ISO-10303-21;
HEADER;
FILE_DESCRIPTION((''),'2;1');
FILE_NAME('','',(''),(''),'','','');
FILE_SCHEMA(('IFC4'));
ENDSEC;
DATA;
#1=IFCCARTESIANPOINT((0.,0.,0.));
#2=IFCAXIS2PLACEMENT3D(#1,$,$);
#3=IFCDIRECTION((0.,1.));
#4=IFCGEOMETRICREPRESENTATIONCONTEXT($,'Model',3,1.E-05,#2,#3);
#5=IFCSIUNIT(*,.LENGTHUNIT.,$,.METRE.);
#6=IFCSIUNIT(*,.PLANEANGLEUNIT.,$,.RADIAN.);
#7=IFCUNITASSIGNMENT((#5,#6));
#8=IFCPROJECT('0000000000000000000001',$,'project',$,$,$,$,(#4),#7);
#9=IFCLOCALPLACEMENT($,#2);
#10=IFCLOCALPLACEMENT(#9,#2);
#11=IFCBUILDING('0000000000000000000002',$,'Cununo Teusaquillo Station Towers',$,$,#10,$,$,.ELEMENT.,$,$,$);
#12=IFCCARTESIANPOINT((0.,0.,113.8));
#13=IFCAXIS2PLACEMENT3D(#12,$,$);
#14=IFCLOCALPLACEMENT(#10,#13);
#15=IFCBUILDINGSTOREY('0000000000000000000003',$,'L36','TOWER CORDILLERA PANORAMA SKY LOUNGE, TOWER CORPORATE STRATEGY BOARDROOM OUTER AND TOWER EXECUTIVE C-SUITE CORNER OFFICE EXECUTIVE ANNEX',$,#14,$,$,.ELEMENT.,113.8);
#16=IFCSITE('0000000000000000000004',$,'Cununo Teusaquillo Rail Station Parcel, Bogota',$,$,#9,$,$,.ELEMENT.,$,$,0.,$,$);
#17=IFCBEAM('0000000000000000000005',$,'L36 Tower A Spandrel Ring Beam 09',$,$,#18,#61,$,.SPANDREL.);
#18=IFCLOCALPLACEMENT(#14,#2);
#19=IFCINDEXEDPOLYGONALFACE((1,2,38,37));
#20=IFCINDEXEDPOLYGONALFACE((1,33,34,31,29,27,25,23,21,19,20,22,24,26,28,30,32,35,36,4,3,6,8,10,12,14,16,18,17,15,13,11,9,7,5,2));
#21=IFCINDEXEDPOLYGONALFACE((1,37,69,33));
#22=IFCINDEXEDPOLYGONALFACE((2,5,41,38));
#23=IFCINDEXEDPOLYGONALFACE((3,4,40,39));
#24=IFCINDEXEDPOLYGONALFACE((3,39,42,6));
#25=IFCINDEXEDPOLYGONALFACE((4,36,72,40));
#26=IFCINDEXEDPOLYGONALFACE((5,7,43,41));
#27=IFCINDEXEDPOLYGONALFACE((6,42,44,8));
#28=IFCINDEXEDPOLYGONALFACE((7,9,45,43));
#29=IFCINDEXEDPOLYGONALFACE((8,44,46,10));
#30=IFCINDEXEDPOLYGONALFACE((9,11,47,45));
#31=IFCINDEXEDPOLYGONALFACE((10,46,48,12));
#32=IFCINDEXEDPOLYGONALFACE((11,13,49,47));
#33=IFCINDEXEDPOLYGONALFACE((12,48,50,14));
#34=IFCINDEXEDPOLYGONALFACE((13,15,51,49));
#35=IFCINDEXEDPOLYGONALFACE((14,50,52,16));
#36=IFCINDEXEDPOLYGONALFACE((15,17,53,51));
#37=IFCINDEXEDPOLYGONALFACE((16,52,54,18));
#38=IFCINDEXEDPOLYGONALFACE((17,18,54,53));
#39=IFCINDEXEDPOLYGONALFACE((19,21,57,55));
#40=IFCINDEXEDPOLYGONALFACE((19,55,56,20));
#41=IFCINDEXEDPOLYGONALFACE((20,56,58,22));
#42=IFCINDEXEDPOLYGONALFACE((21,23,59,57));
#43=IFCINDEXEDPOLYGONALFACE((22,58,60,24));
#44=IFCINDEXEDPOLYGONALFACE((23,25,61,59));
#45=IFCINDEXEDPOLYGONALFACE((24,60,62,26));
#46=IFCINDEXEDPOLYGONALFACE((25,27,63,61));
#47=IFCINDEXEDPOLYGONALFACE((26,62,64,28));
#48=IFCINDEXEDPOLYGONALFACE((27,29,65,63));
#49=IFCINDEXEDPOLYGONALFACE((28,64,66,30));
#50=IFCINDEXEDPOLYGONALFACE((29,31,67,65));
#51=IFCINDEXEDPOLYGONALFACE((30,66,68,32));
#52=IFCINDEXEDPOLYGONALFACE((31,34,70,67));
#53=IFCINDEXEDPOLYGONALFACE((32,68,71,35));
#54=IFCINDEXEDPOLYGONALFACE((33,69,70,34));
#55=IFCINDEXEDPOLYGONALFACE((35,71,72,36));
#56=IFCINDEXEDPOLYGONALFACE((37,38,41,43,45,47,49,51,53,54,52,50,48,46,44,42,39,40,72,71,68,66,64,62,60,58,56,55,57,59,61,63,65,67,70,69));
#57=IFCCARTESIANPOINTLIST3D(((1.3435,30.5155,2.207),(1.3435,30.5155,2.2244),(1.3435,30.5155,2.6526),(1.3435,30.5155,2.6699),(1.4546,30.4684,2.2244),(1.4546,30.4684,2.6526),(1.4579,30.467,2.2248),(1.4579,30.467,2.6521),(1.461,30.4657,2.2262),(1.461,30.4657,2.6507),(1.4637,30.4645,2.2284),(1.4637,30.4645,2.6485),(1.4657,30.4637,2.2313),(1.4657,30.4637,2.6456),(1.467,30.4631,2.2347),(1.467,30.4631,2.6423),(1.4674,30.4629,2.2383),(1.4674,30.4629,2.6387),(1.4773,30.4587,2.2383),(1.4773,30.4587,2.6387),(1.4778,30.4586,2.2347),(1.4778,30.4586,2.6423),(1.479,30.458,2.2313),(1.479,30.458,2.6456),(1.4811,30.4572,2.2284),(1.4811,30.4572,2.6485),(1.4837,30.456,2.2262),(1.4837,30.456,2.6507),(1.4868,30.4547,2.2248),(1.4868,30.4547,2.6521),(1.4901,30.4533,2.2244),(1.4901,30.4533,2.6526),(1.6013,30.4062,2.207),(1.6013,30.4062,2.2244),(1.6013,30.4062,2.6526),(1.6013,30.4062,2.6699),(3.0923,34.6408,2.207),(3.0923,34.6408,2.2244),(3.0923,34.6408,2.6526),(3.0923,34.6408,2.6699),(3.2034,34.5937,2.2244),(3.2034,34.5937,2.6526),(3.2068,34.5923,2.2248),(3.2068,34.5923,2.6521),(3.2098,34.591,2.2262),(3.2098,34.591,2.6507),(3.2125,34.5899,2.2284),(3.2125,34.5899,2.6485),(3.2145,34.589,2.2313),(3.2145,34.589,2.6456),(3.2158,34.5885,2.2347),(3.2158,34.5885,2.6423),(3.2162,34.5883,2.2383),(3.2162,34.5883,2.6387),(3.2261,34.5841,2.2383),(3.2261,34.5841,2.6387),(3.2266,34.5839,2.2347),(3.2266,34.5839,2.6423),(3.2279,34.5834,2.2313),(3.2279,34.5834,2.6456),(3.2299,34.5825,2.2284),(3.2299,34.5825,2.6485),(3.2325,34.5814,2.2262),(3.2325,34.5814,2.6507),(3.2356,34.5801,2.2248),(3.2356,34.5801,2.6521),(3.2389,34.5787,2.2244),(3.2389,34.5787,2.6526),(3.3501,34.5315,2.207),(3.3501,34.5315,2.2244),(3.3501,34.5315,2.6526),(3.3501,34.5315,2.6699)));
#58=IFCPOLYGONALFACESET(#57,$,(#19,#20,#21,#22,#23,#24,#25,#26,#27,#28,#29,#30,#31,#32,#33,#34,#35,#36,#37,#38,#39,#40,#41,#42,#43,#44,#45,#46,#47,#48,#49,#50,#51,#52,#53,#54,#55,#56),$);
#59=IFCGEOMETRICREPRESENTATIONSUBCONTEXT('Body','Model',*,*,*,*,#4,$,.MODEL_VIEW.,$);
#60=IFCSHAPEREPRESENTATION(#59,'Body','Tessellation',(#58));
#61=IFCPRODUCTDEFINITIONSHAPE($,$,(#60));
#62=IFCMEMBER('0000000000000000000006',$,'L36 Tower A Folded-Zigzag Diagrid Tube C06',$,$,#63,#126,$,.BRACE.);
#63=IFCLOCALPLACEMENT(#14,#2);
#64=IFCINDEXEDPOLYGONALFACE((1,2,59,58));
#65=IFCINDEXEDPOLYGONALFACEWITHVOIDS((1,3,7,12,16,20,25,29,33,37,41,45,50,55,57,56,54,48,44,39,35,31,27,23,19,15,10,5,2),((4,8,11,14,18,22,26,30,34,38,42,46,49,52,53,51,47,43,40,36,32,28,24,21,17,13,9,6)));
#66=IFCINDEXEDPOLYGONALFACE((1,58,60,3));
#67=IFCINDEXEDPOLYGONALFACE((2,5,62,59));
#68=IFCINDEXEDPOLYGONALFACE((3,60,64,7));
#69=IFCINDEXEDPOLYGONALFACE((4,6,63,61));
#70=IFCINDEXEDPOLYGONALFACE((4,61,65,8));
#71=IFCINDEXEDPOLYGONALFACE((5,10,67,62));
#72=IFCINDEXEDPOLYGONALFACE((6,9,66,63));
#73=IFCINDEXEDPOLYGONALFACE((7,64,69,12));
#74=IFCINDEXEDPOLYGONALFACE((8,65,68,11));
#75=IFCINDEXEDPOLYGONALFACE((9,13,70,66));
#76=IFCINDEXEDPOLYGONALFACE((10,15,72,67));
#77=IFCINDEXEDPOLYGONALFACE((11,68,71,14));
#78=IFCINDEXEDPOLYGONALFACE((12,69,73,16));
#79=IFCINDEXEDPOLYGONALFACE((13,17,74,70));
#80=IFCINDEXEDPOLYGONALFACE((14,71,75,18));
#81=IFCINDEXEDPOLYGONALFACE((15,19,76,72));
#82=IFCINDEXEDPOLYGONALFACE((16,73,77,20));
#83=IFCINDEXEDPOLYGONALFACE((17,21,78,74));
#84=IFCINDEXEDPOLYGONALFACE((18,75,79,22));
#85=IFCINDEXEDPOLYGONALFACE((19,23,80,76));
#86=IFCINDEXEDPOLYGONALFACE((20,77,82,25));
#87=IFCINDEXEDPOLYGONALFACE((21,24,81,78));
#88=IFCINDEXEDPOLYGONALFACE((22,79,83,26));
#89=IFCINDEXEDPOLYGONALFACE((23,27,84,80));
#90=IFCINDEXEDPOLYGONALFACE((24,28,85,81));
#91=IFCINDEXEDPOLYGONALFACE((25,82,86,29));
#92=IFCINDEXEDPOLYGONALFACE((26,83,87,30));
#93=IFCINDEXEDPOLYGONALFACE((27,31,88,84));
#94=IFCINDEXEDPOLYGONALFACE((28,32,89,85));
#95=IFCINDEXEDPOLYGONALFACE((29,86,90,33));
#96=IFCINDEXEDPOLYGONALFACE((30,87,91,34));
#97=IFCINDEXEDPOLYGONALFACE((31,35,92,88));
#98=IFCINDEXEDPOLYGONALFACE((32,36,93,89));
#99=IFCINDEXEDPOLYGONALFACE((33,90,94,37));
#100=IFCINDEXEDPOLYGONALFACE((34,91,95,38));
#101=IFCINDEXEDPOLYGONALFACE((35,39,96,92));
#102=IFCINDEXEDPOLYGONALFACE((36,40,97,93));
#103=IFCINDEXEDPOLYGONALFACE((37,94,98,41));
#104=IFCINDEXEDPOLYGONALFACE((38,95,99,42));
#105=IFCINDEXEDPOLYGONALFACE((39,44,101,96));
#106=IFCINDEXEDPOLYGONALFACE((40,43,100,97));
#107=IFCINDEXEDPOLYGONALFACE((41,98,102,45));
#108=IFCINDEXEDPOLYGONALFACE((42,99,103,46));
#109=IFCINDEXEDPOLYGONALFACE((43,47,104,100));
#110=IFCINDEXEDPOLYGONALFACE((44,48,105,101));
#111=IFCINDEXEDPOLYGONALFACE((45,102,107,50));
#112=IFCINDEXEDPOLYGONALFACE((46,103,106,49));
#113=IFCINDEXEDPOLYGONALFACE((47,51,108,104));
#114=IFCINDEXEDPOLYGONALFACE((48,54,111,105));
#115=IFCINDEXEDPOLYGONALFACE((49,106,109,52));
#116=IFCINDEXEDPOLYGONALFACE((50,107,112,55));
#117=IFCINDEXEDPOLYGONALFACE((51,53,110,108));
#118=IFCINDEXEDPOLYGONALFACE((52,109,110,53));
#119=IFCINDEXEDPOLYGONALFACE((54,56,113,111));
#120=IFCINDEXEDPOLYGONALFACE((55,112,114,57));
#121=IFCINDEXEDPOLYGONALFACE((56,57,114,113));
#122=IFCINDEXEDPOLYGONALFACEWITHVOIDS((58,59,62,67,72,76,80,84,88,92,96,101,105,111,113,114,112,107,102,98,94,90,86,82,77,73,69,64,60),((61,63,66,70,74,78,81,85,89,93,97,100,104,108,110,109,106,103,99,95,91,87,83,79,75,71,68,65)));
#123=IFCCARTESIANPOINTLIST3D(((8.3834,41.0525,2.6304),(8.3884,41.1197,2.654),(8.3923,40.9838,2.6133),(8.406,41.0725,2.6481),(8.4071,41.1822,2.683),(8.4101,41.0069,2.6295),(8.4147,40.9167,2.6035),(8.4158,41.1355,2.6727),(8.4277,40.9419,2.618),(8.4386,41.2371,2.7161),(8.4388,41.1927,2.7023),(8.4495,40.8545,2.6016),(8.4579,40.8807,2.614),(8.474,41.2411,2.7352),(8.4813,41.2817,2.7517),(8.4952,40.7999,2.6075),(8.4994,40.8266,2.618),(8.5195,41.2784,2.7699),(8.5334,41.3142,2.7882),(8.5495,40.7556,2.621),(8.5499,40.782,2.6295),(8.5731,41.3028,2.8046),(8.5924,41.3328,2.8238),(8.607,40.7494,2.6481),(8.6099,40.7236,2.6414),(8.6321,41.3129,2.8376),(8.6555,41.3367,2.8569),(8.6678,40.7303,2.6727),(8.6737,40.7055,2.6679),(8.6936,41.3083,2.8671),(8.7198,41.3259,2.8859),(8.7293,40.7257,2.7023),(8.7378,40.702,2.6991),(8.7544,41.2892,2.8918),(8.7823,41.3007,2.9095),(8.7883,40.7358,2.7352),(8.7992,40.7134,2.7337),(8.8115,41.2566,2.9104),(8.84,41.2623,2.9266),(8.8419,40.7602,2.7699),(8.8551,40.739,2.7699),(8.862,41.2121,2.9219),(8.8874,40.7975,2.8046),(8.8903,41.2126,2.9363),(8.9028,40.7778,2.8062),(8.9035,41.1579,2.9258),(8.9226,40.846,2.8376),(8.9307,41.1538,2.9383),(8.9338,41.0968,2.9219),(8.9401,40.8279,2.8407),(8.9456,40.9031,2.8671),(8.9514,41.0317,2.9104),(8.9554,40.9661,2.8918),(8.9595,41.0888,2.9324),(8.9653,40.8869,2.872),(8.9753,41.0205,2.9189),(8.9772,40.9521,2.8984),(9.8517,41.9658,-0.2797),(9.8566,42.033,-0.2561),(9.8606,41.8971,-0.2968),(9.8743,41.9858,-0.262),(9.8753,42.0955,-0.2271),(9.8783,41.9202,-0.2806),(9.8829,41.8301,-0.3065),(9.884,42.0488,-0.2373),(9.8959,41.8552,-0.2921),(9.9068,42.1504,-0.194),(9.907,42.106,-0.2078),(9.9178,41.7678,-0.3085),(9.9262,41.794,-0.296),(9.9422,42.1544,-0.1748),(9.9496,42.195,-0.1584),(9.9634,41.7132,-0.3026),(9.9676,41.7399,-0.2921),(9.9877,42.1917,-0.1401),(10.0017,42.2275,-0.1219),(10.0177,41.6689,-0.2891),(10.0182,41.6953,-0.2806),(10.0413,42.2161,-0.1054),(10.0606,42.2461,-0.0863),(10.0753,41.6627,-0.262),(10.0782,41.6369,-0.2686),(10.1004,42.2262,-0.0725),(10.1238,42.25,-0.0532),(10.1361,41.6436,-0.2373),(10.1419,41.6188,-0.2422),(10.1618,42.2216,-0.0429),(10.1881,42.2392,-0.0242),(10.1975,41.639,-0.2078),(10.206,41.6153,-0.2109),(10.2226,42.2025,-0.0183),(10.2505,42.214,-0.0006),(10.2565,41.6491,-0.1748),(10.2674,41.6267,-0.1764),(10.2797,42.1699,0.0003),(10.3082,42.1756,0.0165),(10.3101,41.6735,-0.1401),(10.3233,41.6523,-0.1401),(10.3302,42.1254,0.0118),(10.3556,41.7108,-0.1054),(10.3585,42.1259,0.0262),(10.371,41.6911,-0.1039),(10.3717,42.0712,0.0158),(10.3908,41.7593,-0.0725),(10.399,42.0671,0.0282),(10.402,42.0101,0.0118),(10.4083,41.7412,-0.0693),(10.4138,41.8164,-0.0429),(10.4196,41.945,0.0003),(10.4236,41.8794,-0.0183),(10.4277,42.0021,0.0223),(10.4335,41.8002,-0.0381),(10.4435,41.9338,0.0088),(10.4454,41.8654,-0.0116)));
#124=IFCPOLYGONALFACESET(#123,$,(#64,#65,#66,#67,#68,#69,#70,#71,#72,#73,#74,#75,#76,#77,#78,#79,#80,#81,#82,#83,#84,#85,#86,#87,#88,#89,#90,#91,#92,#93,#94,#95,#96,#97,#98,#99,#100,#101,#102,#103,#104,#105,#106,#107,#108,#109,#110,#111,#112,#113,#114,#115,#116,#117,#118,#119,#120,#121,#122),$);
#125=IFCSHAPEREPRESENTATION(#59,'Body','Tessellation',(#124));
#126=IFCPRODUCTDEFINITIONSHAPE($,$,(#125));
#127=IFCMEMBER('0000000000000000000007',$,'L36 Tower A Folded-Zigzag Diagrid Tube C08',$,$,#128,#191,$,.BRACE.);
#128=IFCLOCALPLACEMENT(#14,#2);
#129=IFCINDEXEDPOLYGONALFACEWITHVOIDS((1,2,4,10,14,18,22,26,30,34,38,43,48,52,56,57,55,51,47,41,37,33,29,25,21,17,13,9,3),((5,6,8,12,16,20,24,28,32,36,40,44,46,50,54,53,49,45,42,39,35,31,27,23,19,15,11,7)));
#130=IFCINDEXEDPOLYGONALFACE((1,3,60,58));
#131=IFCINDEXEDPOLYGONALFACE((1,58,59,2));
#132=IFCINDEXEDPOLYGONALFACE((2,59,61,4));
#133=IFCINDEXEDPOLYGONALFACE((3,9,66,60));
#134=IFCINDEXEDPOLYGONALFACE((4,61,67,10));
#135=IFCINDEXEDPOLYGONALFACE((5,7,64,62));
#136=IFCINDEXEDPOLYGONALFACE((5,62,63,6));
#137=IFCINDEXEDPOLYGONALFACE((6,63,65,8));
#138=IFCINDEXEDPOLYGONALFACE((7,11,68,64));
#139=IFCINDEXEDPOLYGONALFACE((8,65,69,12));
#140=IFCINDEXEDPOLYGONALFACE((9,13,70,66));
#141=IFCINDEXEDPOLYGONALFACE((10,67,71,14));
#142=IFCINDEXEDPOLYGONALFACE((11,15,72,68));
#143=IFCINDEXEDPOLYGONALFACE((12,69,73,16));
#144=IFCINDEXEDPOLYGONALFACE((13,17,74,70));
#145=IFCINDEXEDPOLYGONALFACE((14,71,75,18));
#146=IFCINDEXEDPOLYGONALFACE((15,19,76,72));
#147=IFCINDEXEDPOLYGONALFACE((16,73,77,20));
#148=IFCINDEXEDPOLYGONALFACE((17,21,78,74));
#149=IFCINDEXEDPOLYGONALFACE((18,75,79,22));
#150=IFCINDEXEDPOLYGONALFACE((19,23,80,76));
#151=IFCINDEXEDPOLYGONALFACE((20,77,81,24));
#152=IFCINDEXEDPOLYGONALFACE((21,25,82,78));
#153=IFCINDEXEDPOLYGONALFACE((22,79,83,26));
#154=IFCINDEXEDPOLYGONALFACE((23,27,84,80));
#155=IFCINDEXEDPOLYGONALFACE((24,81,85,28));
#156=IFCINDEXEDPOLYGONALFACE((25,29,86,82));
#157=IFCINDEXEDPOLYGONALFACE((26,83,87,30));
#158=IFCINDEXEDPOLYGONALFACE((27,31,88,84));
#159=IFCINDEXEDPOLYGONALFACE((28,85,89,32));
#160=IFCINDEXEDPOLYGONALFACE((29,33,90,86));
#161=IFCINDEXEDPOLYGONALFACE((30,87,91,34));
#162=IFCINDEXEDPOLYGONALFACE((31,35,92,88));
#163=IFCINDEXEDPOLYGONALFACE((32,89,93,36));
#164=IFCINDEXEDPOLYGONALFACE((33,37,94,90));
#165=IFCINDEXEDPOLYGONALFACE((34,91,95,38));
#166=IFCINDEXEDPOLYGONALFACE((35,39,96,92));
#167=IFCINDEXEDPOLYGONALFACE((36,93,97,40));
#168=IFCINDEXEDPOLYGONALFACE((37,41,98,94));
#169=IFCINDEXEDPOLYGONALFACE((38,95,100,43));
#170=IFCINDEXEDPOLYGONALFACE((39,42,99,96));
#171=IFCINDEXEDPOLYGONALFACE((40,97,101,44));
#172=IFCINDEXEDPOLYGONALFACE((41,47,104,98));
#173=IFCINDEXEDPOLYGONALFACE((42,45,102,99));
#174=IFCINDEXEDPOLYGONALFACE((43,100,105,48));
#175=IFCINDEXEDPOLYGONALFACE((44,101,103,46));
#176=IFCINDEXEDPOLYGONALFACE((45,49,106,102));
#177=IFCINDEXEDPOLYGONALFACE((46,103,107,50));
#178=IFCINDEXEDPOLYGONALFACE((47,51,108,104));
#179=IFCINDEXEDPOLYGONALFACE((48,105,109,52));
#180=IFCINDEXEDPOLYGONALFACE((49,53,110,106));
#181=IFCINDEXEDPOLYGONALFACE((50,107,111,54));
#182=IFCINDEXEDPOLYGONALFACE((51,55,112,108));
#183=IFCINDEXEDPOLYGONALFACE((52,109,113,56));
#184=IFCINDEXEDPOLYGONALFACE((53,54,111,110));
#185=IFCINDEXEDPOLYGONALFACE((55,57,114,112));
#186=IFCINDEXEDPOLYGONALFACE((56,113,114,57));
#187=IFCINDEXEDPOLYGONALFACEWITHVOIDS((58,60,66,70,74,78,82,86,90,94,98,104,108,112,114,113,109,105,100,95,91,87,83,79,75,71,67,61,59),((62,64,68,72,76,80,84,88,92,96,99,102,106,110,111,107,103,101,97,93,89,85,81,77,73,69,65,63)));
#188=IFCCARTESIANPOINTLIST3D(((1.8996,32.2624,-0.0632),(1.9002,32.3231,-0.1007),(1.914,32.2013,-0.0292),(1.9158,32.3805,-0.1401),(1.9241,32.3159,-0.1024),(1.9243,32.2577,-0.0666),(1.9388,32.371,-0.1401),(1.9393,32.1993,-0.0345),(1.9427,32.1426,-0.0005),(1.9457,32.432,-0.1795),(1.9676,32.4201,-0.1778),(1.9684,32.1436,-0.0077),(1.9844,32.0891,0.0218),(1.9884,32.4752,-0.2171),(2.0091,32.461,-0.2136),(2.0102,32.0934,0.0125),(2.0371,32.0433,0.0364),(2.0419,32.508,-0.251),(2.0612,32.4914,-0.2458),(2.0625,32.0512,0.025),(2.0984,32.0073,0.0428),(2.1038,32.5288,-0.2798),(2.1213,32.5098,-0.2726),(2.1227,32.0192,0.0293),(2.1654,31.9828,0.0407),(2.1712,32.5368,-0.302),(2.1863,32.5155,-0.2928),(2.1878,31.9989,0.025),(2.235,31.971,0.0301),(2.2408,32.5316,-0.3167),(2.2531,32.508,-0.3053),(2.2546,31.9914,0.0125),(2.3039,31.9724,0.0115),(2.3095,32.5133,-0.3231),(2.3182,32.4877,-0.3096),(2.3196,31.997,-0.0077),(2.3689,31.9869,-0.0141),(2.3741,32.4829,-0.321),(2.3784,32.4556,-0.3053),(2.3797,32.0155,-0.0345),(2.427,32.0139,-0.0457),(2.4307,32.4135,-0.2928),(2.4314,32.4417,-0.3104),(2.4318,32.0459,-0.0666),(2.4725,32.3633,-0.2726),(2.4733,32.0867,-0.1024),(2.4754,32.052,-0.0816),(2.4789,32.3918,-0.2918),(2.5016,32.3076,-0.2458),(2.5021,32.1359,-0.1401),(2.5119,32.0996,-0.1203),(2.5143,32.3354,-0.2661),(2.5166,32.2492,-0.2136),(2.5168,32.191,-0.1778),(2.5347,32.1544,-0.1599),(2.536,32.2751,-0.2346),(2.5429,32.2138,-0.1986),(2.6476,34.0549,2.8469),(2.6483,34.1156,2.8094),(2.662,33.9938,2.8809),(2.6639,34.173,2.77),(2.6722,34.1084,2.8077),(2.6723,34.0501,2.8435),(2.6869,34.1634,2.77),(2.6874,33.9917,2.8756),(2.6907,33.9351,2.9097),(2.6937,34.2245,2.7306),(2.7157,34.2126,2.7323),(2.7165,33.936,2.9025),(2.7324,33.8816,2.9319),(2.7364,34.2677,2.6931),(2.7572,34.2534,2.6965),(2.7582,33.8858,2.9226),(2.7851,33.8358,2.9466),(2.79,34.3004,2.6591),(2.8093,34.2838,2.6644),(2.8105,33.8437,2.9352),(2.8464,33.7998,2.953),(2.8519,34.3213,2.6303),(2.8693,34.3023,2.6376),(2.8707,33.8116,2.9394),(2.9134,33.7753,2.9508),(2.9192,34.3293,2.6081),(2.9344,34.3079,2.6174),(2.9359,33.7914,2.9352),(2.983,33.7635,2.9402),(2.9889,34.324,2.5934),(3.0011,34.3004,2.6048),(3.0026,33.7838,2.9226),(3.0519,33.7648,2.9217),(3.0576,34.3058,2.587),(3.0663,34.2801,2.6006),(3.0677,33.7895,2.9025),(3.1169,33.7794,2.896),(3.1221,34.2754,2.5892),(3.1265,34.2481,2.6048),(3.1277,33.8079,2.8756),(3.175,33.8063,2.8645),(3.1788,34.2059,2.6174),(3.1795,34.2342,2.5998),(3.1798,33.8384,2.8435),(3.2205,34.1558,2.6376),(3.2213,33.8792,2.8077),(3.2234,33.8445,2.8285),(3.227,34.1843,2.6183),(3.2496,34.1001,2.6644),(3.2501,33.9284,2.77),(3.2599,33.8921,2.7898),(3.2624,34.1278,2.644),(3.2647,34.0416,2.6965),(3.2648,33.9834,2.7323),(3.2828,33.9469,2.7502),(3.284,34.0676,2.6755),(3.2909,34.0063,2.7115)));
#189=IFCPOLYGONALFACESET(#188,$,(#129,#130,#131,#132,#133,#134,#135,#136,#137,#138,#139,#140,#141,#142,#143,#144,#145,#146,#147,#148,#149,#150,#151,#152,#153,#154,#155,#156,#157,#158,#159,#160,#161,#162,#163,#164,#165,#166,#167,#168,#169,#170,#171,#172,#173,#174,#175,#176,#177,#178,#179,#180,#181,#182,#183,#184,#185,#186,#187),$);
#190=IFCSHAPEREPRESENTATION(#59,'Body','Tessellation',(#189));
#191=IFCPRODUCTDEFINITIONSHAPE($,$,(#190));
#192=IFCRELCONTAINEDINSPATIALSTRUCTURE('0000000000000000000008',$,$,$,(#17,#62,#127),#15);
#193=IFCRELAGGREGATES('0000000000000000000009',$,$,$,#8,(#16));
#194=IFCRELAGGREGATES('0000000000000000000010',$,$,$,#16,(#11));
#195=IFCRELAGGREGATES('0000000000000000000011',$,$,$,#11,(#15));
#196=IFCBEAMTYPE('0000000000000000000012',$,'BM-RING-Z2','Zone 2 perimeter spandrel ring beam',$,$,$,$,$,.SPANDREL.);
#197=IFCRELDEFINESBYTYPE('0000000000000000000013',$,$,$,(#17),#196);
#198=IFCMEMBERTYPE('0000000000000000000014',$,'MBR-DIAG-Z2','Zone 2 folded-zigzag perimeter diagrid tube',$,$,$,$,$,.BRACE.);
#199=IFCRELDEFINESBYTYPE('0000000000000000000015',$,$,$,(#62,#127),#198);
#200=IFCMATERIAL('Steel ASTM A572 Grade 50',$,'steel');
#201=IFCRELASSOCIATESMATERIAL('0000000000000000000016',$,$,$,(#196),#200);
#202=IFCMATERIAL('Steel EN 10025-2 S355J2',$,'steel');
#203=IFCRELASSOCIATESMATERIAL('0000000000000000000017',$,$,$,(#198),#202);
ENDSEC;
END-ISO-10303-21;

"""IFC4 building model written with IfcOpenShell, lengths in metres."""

from ifc_helpers import new_model, si_unit, direction, frame, origin, origin_2d, place, context, subcontext, project, spatial, hollow_circle, i_section, extrude, material, material_profile, profile_set, type_object, element, save


model = new_model("IFC4")

# Units and contexts
model_context = context("Model", 3, precision=1e-05, world=origin(), true_north=direction((0.0, 1.0)))
body_context = subcontext(model_context, "Body", "Model", "MODEL_VIEW")
ifc_project = project(units=[si_unit("LENGTHUNIT", "METRE"), si_unit("PLANEANGLEUNIT", "RADIAN")], contexts=[model_context])

# Site, building, storey
site_placement = place(None, origin())
site = spatial("IfcSite", under=ifc_project, at=site_placement, Name="Cununo Teusaquillo Rail Station Parcel, Bogota", CompositionType="ELEMENT", RefElevation=0.0)
building_placement = place(site_placement, origin())
building = spatial("IfcBuilding", under=site, at=building_placement, Name="Cununo Teusaquillo Station Towers", CompositionType="ELEMENT")
storey_placement = place(building_placement, frame((0.0, 0.0, 113.8)))
storey = spatial("IfcBuildingStorey", under=building, at=storey_placement, Name="L36", Description="TOWER CORDILLERA PANORAMA SKY LOUNGE, TOWER CORPORATE STRATEGY BOARDROOM OUTER AND TOWER EXECUTIVE C-SUITE CORNER OFFICE EXECUTIVE ANNEX", CompositionType="ELEMENT", Elevation=113.8)

# Beam
ifc_material_1 = material(Name="Steel ASTM A572 Grade 50", Category="steel")
ifc_material_profile_1 = material_profile(ifc_material_1, i_section(OverallWidth=0.28, OverallDepth=0.4629, WebThickness=0.0107, FlangeThickness=0.0173, FilletRadius=0.0139, at=origin_2d()), Name="W18X76")
ifc_profile_set_1 = profile_set([ifc_material_profile_1], Name="Steel ASTM A572 Grade 50")
beam_type_1 = type_object("IfcBeamType", Name="BM-RING-Z2", Description="Zone 2 perimeter spandrel ring beam", PredefinedType="SPANDREL", material=ifc_profile_set_1)
beam_1_placement = place(storey_placement, frame((3.2212, 34.5862, 2.4385), z_axis=(-0.390299, -0.920688, 0.0), x_axis=(0.920688, -0.390299, 0.0)))
element("IfcBeam", 1, at=beam_1_placement, inside=storey, type_object=beam_type_1, Name="L36 Tower A Spandrel Ring Beam 09", PredefinedType="SPANDREL", context=body_context, shape_type="SweptSolid", body=[
    extrude(i_section(OverallWidth=0.28, OverallDepth=0.4629, WebThickness=0.0107, FlangeThickness=0.0173, FilletRadius=0.0139, at=origin_2d()), origin(), (0.0, 0.0, 1.0), 4.4807),
])

# Members
ifc_material_2 = material(Name="Steel EN 10025-2 S355J2", Category="steel")
ifc_material_profile_2 = material_profile(ifc_material_2, hollow_circle(Radius=0.3301, WallThickness=0.0249, at=origin_2d()), Name="CHS 660x25")
ifc_profile_set_2 = profile_set([ifc_material_profile_2], Name="Steel EN 10025-2 S355J2")
member_type = type_object("IfcMemberType", Name="MBR-DIAG-Z2", Description="Zone 2 folded-zigzag perimeter diagrid tube", PredefinedType="BRACE", material=ifc_profile_set_2)
member_1_placement = place(storey_placement, frame((10.1489, 41.9326, -0.1401), z_axis=(-0.433741, -0.269808, 0.859693), x_axis=(0.528196, -0.849123, 0.0)))
element("IfcMember", 2, at=member_1_placement, inside=storey, type_object=member_type, Name="L36 Tower A Folded-Zigzag Diagrid Tube C06", PredefinedType="BRACE", context=body_context, shape_type="SweptSolid", body=[
    extrude(hollow_circle(Radius=0.3301, WallThickness=0.0249, at=origin_2d()), origin(), (0.0, 0.0, 1.0), 3.385),
])
member_2_placement = place(storey_placement, frame((2.2205, 32.2534, -0.1401), z_axis=(0.213801, 0.512314, 0.831759), x_axis=(-0.922861, 0.385133, 0.0)))
element("IfcMember", 3, at=member_2_placement, inside=storey, type_object=member_type, Name="L36 Tower A Folded-Zigzag Diagrid Tube C08", PredefinedType="BRACE", context=body_context, shape_type="SweptSolid", body=[
    extrude(hollow_circle(Radius=0.3301, WallThickness=0.0249, at=origin_2d()), origin(), (0.0, 0.0, 1.0), 3.4988),
])

save(model, "model.ifc")
